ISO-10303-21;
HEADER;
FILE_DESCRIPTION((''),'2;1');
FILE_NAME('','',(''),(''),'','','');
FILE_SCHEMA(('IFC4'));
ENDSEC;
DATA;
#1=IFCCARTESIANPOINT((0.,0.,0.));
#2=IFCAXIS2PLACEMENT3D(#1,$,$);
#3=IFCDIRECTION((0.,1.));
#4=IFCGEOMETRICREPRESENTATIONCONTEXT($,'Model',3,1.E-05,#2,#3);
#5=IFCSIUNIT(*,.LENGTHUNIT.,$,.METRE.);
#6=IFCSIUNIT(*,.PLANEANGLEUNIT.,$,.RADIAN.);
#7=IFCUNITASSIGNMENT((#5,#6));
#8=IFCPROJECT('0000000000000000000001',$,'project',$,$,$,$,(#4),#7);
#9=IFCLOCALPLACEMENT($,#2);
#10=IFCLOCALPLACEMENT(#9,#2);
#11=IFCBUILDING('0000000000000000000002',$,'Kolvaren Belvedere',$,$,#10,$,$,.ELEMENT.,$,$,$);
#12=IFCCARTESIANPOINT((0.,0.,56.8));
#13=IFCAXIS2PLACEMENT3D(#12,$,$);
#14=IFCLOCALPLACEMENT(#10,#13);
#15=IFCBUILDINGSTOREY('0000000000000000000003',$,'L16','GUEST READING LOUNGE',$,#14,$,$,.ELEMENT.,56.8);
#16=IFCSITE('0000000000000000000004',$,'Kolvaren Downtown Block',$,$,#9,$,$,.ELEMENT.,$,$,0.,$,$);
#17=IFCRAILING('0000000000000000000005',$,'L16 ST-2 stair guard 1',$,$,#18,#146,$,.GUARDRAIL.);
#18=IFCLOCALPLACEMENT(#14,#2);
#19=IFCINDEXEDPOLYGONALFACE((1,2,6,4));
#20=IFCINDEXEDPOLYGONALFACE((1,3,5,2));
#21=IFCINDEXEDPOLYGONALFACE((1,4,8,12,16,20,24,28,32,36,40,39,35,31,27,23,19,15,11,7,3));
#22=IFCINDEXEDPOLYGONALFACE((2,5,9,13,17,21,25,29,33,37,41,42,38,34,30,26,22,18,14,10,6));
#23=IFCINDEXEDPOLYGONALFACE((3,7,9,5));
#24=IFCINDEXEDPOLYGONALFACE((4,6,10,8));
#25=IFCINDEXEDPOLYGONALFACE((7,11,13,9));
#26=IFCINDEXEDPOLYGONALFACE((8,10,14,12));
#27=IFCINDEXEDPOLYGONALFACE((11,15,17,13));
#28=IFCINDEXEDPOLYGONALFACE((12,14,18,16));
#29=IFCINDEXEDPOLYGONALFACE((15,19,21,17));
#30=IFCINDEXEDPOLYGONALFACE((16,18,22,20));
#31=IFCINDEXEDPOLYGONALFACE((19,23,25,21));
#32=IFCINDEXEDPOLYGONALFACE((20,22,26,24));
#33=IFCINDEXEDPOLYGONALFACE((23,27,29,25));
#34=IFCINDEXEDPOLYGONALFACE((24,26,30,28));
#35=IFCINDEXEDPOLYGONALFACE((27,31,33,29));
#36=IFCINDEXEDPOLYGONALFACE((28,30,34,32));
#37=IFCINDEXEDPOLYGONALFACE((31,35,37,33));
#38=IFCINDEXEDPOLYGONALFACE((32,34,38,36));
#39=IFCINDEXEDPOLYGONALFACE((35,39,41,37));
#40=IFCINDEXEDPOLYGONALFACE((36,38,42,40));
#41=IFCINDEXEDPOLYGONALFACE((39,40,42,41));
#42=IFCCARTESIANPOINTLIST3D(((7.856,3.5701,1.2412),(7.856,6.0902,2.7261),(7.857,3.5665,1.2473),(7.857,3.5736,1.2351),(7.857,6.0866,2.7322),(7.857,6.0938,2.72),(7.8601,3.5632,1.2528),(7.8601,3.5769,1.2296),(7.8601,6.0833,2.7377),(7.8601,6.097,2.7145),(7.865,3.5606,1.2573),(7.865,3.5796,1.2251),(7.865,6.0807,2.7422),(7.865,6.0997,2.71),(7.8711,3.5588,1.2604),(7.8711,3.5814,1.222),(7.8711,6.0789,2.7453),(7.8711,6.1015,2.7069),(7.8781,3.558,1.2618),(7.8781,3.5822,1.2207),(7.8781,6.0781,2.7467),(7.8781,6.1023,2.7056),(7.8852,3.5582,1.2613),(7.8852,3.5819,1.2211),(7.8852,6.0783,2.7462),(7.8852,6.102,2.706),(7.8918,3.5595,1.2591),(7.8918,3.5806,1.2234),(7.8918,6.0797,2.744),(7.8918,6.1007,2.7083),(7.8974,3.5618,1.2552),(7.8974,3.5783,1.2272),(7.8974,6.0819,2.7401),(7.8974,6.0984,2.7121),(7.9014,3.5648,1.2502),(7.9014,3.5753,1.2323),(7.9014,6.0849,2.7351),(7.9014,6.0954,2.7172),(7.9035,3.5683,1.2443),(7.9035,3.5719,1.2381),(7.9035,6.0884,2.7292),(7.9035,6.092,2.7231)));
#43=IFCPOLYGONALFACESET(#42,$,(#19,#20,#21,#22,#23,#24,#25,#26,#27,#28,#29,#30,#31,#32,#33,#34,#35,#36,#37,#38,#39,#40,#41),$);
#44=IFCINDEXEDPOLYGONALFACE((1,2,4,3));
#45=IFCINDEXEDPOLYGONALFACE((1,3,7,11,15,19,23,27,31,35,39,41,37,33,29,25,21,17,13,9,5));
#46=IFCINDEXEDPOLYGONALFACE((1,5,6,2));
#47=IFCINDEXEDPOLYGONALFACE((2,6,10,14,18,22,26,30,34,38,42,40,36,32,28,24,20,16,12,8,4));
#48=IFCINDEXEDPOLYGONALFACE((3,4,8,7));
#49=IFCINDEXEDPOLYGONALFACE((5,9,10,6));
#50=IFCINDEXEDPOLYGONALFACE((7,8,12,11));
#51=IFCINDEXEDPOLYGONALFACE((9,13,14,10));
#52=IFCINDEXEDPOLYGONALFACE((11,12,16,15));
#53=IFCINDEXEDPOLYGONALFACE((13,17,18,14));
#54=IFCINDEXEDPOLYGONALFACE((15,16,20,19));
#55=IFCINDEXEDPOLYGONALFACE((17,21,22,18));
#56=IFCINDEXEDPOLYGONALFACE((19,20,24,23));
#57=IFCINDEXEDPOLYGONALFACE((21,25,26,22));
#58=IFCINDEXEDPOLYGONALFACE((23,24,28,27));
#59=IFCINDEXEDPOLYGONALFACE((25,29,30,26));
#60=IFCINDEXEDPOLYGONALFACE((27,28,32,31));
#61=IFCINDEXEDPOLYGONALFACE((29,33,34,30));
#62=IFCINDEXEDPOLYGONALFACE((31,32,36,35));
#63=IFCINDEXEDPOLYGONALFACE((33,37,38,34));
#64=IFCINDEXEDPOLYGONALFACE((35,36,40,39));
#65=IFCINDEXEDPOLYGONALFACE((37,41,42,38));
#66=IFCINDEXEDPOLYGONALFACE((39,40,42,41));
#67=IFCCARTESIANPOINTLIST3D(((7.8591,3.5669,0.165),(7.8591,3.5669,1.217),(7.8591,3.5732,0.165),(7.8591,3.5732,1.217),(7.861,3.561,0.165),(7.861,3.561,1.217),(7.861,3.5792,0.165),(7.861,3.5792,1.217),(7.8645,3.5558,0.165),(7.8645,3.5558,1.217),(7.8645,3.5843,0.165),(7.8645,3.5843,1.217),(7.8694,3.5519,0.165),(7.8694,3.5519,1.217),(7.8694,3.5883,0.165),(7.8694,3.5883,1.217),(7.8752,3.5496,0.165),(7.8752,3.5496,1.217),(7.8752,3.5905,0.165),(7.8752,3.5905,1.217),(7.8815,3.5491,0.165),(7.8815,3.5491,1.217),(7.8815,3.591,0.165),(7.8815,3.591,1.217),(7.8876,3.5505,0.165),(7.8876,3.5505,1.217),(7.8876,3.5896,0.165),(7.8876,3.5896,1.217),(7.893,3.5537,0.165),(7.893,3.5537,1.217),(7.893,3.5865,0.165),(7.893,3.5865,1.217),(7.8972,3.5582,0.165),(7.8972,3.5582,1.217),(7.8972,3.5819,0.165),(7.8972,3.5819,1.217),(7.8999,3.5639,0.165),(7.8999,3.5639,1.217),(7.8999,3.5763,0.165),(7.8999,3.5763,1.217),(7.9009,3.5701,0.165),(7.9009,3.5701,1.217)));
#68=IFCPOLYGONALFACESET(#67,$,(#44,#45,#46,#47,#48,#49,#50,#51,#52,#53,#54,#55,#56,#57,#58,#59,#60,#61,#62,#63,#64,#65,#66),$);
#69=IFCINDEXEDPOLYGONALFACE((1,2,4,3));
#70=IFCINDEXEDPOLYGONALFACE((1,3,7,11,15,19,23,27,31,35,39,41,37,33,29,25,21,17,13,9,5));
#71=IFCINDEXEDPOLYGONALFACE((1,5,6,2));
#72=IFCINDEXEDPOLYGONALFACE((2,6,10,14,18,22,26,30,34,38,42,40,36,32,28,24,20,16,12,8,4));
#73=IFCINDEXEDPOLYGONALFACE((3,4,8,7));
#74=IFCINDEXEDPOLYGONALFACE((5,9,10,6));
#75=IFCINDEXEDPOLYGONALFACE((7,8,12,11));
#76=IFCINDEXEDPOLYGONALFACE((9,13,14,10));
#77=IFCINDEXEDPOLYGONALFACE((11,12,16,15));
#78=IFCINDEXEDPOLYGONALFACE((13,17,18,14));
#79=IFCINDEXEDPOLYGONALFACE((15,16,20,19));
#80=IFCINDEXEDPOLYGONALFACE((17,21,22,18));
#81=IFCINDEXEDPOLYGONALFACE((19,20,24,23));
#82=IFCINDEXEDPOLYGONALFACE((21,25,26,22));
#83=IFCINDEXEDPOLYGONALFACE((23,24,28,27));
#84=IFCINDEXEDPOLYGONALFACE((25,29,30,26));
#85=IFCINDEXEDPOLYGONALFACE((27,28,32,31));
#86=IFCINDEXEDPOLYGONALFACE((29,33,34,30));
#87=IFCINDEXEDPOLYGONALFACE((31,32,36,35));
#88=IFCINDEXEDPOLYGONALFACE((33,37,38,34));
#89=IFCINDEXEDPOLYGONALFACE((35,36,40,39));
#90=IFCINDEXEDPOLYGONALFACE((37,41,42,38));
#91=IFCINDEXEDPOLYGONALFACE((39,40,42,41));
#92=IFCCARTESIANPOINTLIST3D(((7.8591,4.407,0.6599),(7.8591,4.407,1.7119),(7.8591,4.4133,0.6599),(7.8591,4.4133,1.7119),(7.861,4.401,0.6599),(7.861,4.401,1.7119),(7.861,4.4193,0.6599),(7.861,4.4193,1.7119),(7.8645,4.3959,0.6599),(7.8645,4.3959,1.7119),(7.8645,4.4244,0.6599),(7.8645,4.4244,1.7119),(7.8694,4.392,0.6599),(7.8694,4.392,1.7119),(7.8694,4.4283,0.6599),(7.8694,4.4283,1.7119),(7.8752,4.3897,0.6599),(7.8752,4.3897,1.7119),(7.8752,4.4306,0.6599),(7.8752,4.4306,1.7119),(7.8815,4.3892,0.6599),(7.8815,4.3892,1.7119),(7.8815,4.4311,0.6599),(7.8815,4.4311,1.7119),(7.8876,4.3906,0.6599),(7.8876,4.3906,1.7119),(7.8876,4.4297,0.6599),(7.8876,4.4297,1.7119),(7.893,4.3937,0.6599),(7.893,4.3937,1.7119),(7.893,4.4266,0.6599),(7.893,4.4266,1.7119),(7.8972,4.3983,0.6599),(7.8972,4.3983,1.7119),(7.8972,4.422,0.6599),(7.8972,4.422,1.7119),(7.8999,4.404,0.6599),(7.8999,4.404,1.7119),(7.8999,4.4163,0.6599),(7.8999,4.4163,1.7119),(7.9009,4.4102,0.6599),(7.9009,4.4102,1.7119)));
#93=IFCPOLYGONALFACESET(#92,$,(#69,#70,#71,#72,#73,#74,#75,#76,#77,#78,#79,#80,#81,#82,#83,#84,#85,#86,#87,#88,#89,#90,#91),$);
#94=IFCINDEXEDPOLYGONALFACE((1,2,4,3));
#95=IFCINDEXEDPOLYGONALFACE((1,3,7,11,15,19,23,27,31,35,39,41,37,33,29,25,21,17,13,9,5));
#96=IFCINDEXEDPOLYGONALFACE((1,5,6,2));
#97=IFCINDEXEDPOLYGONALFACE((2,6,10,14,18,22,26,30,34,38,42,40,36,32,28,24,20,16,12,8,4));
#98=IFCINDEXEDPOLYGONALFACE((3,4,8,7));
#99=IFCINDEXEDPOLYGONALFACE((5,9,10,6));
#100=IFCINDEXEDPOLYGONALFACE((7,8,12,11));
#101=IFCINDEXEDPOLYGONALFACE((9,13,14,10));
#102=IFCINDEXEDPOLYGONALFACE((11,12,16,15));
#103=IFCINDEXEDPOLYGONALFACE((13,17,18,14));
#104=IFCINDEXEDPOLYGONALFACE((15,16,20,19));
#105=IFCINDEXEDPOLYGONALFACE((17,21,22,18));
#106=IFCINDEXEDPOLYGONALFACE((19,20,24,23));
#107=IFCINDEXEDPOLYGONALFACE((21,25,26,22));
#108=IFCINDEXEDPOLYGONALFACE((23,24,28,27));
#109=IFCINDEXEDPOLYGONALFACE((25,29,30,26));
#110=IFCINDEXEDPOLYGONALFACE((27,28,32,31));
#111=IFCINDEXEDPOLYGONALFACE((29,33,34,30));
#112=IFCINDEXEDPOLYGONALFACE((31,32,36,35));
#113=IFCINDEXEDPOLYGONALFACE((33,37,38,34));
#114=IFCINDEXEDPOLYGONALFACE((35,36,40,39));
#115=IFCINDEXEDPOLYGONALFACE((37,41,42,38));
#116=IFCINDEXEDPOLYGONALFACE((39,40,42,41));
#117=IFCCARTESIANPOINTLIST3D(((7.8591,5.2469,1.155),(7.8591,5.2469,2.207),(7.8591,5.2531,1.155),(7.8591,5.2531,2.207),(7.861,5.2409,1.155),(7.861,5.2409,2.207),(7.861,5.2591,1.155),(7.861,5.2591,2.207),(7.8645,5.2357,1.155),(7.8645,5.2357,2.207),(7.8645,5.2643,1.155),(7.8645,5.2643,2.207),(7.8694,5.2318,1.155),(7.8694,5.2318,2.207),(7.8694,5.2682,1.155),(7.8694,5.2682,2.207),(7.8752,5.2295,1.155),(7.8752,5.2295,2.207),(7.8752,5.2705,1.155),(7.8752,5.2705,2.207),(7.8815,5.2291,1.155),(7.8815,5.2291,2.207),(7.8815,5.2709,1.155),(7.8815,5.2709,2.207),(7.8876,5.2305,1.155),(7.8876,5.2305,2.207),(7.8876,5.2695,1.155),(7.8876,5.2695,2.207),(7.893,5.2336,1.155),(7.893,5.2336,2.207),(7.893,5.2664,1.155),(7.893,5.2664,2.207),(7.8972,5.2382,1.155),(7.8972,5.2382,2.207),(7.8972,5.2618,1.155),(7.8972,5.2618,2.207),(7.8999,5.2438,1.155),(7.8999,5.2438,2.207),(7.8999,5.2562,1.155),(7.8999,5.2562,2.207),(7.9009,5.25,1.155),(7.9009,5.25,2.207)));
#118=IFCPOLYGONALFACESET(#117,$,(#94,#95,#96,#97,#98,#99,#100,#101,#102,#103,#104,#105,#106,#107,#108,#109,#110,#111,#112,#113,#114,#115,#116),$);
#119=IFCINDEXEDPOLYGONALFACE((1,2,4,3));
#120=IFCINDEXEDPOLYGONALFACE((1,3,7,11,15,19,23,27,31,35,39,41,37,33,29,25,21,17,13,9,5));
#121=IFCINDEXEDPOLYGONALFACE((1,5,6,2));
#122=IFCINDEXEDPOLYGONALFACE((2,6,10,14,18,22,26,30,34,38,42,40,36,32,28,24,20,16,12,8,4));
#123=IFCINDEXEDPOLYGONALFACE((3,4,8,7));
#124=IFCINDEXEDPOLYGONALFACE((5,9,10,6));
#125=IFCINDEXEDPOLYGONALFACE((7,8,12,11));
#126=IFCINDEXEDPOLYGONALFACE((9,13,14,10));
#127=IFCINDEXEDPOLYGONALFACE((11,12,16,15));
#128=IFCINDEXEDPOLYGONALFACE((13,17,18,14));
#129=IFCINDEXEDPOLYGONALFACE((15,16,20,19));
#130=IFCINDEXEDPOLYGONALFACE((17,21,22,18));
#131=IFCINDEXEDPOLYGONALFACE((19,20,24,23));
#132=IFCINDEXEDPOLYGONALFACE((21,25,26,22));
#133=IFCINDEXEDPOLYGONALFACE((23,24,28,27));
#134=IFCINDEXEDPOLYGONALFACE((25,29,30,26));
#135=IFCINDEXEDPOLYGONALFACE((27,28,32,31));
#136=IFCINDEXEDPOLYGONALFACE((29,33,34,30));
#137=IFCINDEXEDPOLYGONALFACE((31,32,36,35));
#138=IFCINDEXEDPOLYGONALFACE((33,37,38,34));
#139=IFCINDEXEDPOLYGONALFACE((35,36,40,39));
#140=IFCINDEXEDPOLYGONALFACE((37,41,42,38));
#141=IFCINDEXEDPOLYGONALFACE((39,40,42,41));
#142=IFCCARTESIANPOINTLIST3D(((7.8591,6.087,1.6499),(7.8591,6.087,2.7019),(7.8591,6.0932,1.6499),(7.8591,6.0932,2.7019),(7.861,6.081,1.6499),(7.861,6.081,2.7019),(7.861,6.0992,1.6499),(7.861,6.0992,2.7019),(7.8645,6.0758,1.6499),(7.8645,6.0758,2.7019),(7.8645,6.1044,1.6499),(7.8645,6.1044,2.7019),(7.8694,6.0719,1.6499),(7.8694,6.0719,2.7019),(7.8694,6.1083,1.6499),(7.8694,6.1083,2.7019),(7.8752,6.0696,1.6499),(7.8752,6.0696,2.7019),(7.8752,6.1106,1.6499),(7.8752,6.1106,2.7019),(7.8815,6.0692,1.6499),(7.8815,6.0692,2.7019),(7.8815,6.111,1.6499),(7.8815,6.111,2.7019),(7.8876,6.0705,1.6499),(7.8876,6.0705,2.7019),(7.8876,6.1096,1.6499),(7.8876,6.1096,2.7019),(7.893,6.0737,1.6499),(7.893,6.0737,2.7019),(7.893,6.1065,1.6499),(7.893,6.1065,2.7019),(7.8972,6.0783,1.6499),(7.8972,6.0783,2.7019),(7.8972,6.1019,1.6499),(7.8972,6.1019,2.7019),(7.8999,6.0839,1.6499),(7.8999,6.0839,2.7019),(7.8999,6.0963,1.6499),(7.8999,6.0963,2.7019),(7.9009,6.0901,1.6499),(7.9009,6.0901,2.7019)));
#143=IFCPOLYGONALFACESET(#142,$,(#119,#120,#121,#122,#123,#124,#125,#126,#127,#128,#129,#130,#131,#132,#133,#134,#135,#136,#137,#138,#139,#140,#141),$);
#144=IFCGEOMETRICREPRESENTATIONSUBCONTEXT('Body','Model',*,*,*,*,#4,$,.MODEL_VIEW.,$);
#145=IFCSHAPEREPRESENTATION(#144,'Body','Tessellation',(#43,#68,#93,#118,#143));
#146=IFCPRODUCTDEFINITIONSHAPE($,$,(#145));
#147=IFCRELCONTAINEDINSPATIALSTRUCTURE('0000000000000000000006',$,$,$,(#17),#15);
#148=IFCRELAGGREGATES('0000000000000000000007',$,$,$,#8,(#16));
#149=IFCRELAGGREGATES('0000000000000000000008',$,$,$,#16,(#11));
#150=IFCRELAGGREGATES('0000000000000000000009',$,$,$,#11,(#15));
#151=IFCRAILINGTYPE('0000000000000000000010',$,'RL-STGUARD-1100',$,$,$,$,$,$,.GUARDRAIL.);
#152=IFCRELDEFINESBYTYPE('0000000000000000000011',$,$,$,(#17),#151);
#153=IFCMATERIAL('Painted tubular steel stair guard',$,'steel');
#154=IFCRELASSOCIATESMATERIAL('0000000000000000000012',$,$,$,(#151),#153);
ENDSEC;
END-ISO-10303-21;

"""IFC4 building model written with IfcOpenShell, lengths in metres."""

from ifc_helpers import new_model, si_unit, direction, frame, origin, origin_2d, place, context, subcontext, project, spatial, circle, extrude, material, type_object, element, save


model = new_model("IFC4")

# Units and contexts
model_context = context("Model", 3, precision=1e-05, world=origin(), true_north=direction((0.0, 1.0)))
body_context = subcontext(model_context, "Body", "Model", "MODEL_VIEW")
ifc_project = project(units=[si_unit("LENGTHUNIT", "METRE"), si_unit("PLANEANGLEUNIT", "RADIAN")], contexts=[model_context])

# Site, building, storey
site_placement = place(None, origin())
site = spatial("IfcSite", under=ifc_project, at=site_placement, Name="Kolvaren Downtown Block", CompositionType="ELEMENT", RefElevation=0.0)
building_placement = place(site_placement, origin())
building = spatial("IfcBuilding", under=site, at=building_placement, Name="Kolvaren Belvedere", CompositionType="ELEMENT")
storey_placement = place(building_placement, frame((0.0, 0.0, 56.8)))
storey = spatial("IfcBuildingStorey", under=building, at=storey_placement, Name="L16", Description="GUEST READING LOUNGE", CompositionType="ELEMENT", Elevation=56.8)

# Railing
ifc_material_1 = material(Name="Painted tubular steel stair guard", Category="steel")
railing_type_1 = type_object("IfcRailingType", Name="RL-STGUARD-1100", PredefinedType="GUARDRAIL", material=ifc_material_1)
railing_1_placement = place(storey_placement, frame((7.8799, 3.5701, 0.165)))
element("IfcRailing", 1, at=railing_1_placement, inside=storey, type_object=railing_type_1, Name="L16 ST-2 stair guard 1", PredefinedType="GUARDRAIL", context=body_context, shape_type="SweptSolid", body=[
    extrude(circle(Radius=0.0239, at=origin_2d()), frame((0.0, 0.0, 1.0762), z_axis=(0.0, 0.861561, 0.507655), x_axis=(-1.0, 0.0, 0.0)), (0.0, 0.0, 1.0), 2.925),
    extrude(circle(Radius=0.021, at=origin_2d()), origin(), (0.0, 0.0, 1.0), 1.052),
    extrude(circle(Radius=0.021, at=origin_2d()), frame((0.0, 0.8401, 0.4949)), (0.0, 0.0, 1.0), 1.052),
    extrude(circle(Radius=0.021, at=origin_2d()), frame((0.0, 1.6799, 0.99)), (0.0, 0.0, 1.0), 1.052),
    extrude(circle(Radius=0.021, at=origin_2d()), frame((0.0, 2.52, 1.4849)), (0.0, 0.0, 1.0), 1.052),
])

save(model, "model.ifc")
